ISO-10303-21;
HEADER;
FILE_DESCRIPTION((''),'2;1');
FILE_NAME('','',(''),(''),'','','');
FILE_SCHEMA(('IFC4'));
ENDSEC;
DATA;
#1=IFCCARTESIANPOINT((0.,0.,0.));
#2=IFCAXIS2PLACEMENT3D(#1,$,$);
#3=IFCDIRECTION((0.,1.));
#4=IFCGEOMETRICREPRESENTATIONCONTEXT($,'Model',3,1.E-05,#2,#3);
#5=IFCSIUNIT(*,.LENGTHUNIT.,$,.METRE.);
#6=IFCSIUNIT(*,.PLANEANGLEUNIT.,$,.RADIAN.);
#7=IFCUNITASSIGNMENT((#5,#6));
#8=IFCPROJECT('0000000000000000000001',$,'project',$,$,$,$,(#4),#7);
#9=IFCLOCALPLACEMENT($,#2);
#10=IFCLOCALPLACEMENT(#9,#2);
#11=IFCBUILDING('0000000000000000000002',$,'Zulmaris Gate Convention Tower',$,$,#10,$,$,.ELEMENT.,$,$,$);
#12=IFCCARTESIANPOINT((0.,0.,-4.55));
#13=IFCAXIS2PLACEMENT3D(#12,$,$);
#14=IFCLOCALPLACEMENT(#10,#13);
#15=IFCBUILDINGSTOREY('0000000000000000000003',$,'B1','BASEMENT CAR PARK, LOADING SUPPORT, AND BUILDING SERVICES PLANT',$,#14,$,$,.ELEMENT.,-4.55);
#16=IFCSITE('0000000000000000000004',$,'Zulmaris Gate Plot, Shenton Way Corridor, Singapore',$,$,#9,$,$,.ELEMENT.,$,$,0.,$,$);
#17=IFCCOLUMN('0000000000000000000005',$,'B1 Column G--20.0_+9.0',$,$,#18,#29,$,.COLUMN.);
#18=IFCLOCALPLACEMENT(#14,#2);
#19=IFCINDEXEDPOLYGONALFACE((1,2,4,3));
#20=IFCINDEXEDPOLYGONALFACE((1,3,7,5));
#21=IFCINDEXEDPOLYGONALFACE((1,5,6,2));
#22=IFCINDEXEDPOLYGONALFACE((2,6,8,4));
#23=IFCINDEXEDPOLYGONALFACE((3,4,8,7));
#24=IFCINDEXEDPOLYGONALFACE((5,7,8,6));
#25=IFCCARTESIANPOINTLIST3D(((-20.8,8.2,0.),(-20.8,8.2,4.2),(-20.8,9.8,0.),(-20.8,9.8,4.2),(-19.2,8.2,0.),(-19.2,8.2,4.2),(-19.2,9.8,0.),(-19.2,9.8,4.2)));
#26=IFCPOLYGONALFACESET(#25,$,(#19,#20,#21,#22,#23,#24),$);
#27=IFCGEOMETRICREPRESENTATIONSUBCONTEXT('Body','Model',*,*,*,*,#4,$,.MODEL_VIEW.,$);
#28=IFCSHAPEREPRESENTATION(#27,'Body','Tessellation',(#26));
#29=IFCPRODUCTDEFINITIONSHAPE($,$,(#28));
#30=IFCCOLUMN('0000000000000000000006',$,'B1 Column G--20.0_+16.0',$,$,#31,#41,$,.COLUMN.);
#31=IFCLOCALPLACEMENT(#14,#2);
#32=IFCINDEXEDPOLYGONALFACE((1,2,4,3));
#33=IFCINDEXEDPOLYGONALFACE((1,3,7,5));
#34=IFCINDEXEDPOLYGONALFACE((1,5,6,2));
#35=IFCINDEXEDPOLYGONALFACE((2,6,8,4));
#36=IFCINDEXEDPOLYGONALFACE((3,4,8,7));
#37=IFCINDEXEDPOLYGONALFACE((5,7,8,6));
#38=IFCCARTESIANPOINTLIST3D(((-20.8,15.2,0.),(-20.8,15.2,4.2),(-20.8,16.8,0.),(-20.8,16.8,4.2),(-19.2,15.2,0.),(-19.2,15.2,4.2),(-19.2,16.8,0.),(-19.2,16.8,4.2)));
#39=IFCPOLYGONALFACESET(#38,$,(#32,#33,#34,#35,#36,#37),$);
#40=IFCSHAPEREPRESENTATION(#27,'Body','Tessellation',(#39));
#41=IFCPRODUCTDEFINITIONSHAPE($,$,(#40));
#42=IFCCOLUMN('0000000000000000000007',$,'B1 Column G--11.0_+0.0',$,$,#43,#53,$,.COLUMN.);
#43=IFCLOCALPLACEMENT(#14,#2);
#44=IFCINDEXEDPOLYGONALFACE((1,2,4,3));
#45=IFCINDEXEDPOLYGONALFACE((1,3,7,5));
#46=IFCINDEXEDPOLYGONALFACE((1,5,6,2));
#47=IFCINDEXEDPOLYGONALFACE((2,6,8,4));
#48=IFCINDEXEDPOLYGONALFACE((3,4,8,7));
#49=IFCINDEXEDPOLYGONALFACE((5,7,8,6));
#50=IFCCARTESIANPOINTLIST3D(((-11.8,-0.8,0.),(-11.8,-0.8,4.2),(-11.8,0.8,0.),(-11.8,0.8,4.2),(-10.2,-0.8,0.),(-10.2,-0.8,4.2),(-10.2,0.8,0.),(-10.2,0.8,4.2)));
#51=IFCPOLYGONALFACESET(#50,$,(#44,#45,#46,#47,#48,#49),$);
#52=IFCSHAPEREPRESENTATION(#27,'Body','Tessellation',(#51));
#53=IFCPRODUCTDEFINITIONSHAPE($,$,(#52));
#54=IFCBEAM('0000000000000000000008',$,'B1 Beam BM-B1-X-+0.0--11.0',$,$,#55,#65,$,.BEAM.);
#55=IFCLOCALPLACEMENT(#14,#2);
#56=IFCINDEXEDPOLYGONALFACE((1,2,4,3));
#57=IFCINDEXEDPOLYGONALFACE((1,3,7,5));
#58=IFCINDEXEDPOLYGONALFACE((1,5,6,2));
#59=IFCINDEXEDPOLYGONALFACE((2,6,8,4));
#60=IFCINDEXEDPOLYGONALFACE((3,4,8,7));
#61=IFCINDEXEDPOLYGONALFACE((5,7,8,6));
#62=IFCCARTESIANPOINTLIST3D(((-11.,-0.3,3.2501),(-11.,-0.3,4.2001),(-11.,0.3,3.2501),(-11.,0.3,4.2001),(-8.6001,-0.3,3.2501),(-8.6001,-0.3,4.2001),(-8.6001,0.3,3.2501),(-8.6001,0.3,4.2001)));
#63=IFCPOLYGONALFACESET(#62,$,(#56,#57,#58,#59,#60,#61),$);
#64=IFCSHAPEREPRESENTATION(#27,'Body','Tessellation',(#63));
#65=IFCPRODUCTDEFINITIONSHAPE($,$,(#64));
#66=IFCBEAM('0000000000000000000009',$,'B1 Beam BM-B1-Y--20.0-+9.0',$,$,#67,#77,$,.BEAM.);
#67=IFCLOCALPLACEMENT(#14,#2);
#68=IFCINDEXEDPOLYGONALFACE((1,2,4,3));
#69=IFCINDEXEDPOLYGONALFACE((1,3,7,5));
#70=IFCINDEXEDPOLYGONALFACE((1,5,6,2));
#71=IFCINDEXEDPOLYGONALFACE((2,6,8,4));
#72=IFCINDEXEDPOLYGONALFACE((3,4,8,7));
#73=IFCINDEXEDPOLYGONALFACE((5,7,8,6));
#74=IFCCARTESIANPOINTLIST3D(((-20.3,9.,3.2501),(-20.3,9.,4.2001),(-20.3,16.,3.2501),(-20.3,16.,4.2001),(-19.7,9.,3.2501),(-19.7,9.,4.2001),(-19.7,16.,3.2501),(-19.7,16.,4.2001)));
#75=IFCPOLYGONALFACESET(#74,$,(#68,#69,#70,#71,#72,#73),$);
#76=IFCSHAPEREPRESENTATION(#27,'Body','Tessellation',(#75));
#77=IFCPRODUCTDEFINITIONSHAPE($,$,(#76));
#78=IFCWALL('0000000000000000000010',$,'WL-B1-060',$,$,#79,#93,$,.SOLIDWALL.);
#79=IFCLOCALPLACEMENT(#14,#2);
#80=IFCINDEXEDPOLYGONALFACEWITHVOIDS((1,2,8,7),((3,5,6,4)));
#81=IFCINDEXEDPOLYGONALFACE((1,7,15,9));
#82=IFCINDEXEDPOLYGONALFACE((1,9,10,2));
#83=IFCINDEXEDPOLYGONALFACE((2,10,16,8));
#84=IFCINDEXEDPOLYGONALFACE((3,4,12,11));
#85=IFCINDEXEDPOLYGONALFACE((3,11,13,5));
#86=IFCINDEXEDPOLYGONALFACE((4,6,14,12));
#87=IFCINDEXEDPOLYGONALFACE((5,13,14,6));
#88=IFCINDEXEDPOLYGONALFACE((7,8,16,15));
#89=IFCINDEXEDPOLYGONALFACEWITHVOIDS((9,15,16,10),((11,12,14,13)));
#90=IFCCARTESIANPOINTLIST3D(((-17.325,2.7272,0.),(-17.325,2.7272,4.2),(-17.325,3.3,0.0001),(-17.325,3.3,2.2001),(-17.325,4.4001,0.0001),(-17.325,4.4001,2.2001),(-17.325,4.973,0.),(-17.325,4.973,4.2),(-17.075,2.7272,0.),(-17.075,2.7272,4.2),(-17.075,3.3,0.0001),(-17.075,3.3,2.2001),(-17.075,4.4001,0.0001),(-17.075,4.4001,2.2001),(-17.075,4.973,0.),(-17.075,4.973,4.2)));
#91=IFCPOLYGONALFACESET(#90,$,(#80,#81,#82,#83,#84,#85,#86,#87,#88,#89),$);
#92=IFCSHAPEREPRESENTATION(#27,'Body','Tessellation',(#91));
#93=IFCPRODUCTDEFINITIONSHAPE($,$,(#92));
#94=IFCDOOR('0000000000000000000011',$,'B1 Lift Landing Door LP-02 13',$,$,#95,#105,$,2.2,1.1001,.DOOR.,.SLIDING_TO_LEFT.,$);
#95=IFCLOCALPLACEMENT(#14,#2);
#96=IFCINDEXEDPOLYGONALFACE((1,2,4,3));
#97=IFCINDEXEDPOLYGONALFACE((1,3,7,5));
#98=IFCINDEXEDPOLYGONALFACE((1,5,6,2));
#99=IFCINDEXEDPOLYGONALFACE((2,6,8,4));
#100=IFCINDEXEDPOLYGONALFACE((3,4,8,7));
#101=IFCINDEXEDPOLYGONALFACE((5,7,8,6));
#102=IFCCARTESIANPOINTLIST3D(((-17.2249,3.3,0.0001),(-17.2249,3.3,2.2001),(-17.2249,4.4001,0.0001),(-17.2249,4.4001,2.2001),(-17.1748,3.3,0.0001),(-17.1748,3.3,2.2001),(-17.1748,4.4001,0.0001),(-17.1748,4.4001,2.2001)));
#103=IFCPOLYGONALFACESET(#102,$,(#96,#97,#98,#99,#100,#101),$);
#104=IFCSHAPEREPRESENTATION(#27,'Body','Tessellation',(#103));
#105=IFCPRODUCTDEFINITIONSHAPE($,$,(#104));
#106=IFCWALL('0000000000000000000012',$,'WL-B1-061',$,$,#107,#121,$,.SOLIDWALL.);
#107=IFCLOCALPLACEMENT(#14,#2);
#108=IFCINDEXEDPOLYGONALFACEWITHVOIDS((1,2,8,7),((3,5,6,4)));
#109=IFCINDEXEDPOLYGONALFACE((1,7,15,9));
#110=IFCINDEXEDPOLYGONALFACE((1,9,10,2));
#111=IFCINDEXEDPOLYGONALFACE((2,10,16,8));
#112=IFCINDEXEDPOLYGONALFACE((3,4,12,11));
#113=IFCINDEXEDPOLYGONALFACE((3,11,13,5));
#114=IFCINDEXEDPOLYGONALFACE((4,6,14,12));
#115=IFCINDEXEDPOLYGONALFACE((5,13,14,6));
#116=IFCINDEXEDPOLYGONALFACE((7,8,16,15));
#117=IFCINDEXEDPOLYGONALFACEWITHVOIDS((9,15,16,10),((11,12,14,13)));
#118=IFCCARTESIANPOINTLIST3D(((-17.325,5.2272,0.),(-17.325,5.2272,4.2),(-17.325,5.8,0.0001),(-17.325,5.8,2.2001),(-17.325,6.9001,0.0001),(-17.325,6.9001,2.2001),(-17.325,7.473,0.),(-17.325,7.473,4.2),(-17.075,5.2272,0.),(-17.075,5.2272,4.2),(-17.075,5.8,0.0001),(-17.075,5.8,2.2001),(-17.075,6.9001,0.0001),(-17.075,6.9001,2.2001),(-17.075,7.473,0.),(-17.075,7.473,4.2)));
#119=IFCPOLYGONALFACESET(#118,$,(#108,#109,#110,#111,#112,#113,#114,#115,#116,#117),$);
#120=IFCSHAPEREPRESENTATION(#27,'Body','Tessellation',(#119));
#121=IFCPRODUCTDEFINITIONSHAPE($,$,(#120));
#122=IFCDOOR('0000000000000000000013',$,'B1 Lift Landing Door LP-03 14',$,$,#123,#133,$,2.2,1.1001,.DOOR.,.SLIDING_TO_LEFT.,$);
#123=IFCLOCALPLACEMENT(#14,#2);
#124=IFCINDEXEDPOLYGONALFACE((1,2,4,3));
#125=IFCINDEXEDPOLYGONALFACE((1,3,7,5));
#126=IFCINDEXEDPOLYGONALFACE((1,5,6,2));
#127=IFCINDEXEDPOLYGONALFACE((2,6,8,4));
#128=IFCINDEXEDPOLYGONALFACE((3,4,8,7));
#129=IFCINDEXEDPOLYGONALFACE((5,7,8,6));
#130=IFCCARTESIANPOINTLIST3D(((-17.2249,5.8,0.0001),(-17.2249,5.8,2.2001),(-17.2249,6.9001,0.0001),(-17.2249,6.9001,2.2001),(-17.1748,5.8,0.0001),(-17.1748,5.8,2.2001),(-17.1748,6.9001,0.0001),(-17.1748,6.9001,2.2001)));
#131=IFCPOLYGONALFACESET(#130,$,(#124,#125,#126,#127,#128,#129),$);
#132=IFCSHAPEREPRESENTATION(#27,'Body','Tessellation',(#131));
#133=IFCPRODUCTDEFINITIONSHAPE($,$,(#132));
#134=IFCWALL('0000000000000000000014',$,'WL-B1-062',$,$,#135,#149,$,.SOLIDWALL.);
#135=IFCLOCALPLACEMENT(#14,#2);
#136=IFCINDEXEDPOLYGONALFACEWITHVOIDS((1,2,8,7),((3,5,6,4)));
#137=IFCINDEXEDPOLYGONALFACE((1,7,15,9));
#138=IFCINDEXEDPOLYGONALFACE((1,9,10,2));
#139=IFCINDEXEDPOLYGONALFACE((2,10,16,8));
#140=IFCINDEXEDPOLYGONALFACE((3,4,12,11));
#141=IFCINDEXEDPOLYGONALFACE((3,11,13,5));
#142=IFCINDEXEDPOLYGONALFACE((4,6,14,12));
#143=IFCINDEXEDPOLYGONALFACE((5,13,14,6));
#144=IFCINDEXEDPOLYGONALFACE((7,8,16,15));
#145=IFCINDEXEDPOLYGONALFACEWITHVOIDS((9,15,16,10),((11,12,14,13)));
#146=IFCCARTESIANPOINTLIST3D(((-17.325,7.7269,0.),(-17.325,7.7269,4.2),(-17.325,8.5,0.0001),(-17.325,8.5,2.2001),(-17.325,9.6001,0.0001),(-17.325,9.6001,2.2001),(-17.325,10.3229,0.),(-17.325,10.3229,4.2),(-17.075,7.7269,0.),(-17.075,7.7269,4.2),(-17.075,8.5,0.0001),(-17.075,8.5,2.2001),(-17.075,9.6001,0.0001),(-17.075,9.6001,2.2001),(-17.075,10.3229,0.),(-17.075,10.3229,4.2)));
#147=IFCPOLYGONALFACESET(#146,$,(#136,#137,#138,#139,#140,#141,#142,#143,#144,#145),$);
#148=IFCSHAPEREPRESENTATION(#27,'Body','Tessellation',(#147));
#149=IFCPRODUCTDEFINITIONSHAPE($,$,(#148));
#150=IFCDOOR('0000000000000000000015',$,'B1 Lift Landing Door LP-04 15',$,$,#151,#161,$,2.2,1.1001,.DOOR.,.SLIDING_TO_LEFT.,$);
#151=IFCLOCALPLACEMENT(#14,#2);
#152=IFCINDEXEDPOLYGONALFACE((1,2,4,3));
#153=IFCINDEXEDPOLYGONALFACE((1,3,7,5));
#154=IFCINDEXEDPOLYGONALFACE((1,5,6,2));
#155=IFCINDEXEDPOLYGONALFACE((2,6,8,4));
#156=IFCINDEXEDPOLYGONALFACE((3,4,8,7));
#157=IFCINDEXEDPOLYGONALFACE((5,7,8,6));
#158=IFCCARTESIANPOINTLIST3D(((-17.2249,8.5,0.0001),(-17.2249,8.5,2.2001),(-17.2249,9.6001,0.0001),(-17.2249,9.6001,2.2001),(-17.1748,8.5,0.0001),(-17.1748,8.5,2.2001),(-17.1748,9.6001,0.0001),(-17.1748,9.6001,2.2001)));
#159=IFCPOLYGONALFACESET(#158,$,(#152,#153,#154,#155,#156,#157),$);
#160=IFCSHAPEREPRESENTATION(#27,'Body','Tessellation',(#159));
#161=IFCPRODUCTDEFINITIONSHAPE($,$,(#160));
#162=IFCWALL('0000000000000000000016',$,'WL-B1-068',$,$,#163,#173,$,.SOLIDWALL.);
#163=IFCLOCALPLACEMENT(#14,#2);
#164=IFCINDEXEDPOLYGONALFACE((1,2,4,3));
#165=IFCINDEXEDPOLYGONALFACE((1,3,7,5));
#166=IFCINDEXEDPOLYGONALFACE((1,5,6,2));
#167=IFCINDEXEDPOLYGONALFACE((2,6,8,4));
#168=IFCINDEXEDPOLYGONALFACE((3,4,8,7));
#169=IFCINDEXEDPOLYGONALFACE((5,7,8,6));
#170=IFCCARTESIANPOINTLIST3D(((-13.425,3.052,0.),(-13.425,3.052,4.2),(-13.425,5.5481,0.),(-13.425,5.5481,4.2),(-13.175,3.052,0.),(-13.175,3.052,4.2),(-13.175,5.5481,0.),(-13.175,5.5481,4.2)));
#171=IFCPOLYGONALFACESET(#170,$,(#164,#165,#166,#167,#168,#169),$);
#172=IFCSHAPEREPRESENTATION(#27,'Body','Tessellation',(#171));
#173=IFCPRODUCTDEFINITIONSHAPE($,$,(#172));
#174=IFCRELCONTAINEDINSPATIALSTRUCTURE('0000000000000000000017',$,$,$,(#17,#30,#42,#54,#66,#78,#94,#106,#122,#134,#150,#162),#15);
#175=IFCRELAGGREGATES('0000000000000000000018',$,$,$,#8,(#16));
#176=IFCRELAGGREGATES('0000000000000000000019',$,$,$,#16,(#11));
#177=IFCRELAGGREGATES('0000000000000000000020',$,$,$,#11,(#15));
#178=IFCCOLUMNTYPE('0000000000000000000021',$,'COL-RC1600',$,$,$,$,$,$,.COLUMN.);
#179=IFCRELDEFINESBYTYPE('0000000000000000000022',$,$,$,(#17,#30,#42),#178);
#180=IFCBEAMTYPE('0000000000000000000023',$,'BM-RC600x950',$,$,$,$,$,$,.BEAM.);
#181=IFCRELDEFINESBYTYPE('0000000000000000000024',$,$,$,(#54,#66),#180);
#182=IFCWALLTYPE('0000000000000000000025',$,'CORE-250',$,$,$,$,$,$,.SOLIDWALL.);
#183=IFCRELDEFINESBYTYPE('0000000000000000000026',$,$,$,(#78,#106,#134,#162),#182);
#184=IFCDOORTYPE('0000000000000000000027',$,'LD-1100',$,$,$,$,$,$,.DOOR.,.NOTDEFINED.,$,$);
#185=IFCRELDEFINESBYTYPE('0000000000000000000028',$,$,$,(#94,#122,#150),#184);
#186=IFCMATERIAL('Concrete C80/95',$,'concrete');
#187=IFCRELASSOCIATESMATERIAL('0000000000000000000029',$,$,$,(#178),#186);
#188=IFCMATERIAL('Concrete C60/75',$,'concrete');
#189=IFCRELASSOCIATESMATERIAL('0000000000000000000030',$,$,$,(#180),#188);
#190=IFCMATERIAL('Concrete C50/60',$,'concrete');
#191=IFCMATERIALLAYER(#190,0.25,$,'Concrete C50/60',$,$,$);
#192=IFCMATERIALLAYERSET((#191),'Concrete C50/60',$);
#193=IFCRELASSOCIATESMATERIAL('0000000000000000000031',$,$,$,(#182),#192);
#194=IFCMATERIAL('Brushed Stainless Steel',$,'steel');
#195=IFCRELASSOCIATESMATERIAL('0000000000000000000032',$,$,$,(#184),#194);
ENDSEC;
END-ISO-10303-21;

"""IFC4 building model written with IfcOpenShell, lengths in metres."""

from ifc_helpers import new_model, si_unit, direction, frame, frame_2d, origin, origin_2d, place, context, subcontext, project, spatial, rectangle, extrude, material, layer, layer_set, material_profile, profile_set, type_object, element, fill, save


model = new_model("IFC4")

# Units and contexts
model_context = context("Model", 3, precision=1e-05, world=origin(), true_north=direction((0.0, 1.0)))
body_context = subcontext(model_context, "Body", "Model", "MODEL_VIEW")
ifc_project = project(units=[si_unit("LENGTHUNIT", "METRE"), si_unit("PLANEANGLEUNIT", "RADIAN")], contexts=[model_context])

# Site, building, storey
site_placement = place(None, origin())
site = spatial("IfcSite", under=ifc_project, at=site_placement, Name="Zulmaris Gate Plot, Shenton Way Corridor, Singapore", CompositionType="ELEMENT", RefElevation=0.0)
building_placement = place(site_placement, origin())
building = spatial("IfcBuilding", under=site, at=building_placement, Name="Zulmaris Gate Convention Tower", CompositionType="ELEMENT")
storey_placement = place(building_placement, frame((0.0, 0.0, -4.55)))
storey = spatial("IfcBuildingStorey", under=building, at=storey_placement, Name="B1", Description="BASEMENT CAR PARK, LOADING SUPPORT, AND BUILDING SERVICES PLANT", CompositionType="ELEMENT", Elevation=-4.55)

# Columns
ifc_material_1 = material(Name="Concrete C80/95", Category="concrete")
ifc_material_profile_1 = material_profile(ifc_material_1, rectangle(XDim=1.6001, YDim=1.6001, at=origin_2d()), Name="RC COL 1600x1600")
ifc_profile_set_1 = profile_set([ifc_material_profile_1], Name="Concrete C80/95")
column_type = type_object("IfcColumnType", Name="COL-RC1600", PredefinedType="COLUMN", material=ifc_profile_set_1)
for number, where, z_axis, x_axis, name in (
    (1, (-20.0, 9.0, 0.0), (0.0, 0.0, 1.0), (1.0, 0.0, 0.0), "B1 Column G--20.0_+9.0"),
    (2, (-20.0, 16.0, 0.0), (0.0, 0.0, 1.0), (1.0, 0.0, 0.0), "B1 Column G--20.0_+16.0"),
    (3, (-11.0, 0.0, 0.0), (0.0, 0.0, 1.0), (1.0, 0.0, 0.0), "B1 Column G--11.0_+0.0"),
):
    element("IfcColumn", number, at=place(storey_placement, frame(where, z_axis=z_axis, x_axis=x_axis)), inside=storey, type_object=column_type, Name=name, PredefinedType="COLUMN", context=body_context, shape_type="SweptSolid", body=[
        extrude(rectangle(XDim=1.6001, YDim=1.6001, at=origin_2d()), origin(), (0.0, 0.0, 1.0), 4.2),
    ])

# Beams
ifc_material_2 = material(Name="Concrete C60/75", Category="concrete")
ifc_material_profile_2 = material_profile(ifc_material_2, rectangle(XDim=0.6001, YDim=0.95, at=origin_2d()), Name="RC BEAM 600x950")
ifc_profile_set_2 = profile_set([ifc_material_profile_2], Name="Concrete C60/75")
beam_type = type_object("IfcBeamType", Name="BM-RC600x950", PredefinedType="BEAM", material=ifc_profile_set_2)
beam_1_placement = place(storey_placement, frame((-11.0, 0.0, 3.7251), z_axis=(1.0, 0.0, 0.0), x_axis=(0.0, 1.0, 0.0)))
element("IfcBeam", 4, at=beam_1_placement, inside=storey, type_object=beam_type, Name="B1 Beam BM-B1-X-+0.0--11.0", PredefinedType="BEAM", context=body_context, shape_type="SweptSolid", body=[
    extrude(rectangle(XDim=0.6001, YDim=0.95, at=origin_2d()), origin(), (0.0, 0.0, 1.0), 2.3999),
])
beam_2_placement = place(storey_placement, frame((-20.0, 9.0, 3.7251), z_axis=(0.0, 1.0, 0.0), x_axis=(-1.0, 0.0, 0.0)))
element("IfcBeam", 5, at=beam_2_placement, inside=storey, type_object=beam_type, Name="B1 Beam BM-B1-Y--20.0-+9.0", PredefinedType="BEAM", context=body_context, shape_type="SweptSolid", body=[
    extrude(rectangle(XDim=0.6001, YDim=0.95, at=origin_2d()), origin(), (0.0, 0.0, 1.0), 7.0),
])

# Walls, openings, doors
ifc_material_3 = material(Name="Concrete C50/60", Category="concrete")
ifc_layer_1 = layer(ifc_material_3, 0.25, Name="Concrete C50/60")
ifc_layer_set_1 = layer_set([ifc_layer_1], Name="Concrete C50/60")
wall_type_1 = type_object("IfcWallType", Name="CORE-250", PredefinedType="SOLIDWALL", material=ifc_layer_set_1)
wall_1_placement = place(storey_placement, frame((-17.2, 2.7271, 0.0), z_axis=(0.0, 0.0, 1.0), x_axis=(0.0, 1.0, 0.0)))
wall_1 = element("IfcWall", 6, at=wall_1_placement, inside=storey, type_object=wall_type_1, Name="WL-B1-060", PredefinedType="SOLIDWALL", context=body_context, shape_type="SweptSolid", body=[
    extrude(rectangle(XDim=2.2458, YDim=0.25, at=frame_2d((1.123, 0.0))), origin(), (0.0, 0.0, 1.0), 4.2),
])
opening_1_placement = place(wall_1_placement, frame((0.573, 0.0, 0.0)))
opening_1 = element("IfcOpeningElement", 7, at=opening_1_placement, cuts=wall_1, PredefinedType="OPENING", context=body_context, shape_type="SweptSolid", body=[
    extrude(rectangle(XDim=1.1001, YDim=2.2, at=frame_2d((0.55, 1.1001))), frame((0.0, 0.135, 0.0), z_axis=(0.0, -1.0, 0.0), x_axis=(1.0, 0.0, 0.0)), (0.0, 0.0, 1.0), 0.27),
])
ifc_material_4 = material(Name="Brushed Stainless Steel", Category="steel")
door_type_1 = type_object("IfcDoorType", Name="LD-1100", OperationType="NOTDEFINED", PredefinedType="DOOR", material=ifc_material_4)
door_1_placement = place(opening_1_placement, origin())
door_1 = element("IfcDoor", 8, at=door_1_placement, inside=storey, type_object=door_type_1, Name="B1 Lift Landing Door LP-02 13", OperationType="SLIDING_TO_LEFT", OverallHeight=2.2, OverallWidth=1.1001, PredefinedType="DOOR", context=body_context, shape_type="SweptSolid", body=[
    extrude(rectangle(XDim=1.1001, YDim=2.2, at=frame_2d((0.55, 1.1001))), frame((0.0, 0.0249, 0.0), z_axis=(0.0, -1.0, 0.0), x_axis=(1.0, 0.0, 0.0)), (0.0, 0.0, 1.0), 0.05),
])
fill(opening_1, door_1)
wall_2_placement = place(storey_placement, frame((-17.2, 5.2271, 0.0), z_axis=(0.0, 0.0, 1.0), x_axis=(0.0, 1.0, 0.0)))
wall_2 = element("IfcWall", 9, at=wall_2_placement, inside=storey, type_object=wall_type_1, Name="WL-B1-061", PredefinedType="SOLIDWALL", context=body_context, shape_type="SweptSolid", body=[
    extrude(rectangle(XDim=2.2458, YDim=0.25, at=frame_2d((1.123, 0.0))), origin(), (0.0, 0.0, 1.0), 4.2),
])
opening_2_placement = place(wall_2_placement, frame((0.573, 0.0, 0.0)))
opening_2 = element("IfcOpeningElement", 10, at=opening_2_placement, cuts=wall_2, PredefinedType="OPENING", context=body_context, shape_type="SweptSolid", body=[
    extrude(rectangle(XDim=1.1001, YDim=2.2, at=frame_2d((0.55, 1.1001))), frame((0.0, 0.135, 0.0), z_axis=(0.0, -1.0, 0.0), x_axis=(1.0, 0.0, 0.0)), (0.0, 0.0, 1.0), 0.27),
])
door_2_placement = place(opening_2_placement, origin())
door_2 = element("IfcDoor", 11, at=door_2_placement, inside=storey, type_object=door_type_1, Name="B1 Lift Landing Door LP-03 14", OperationType="SLIDING_TO_LEFT", OverallHeight=2.2, OverallWidth=1.1001, PredefinedType="DOOR", context=body_context, shape_type="SweptSolid", body=[
    extrude(rectangle(XDim=1.1001, YDim=2.2, at=frame_2d((0.55, 1.1001))), frame((0.0, 0.0249, 0.0), z_axis=(0.0, -1.0, 0.0), x_axis=(1.0, 0.0, 0.0)), (0.0, 0.0, 1.0), 0.05),
])
fill(opening_2, door_2)
wall_3_placement = place(storey_placement, frame((-17.2, 7.7271, 0.0), z_axis=(0.0, 0.0, 1.0), x_axis=(0.0, 1.0, 0.0)))
wall_3 = element("IfcWall", 12, at=wall_3_placement, inside=storey, type_object=wall_type_1, Name="WL-B1-062", PredefinedType="SOLIDWALL", context=body_context, shape_type="SweptSolid", body=[
    extrude(rectangle(XDim=2.5959, YDim=0.25, at=frame_2d((1.2979, 0.0))), origin(), (0.0, 0.0, 1.0), 4.2),
])
opening_3_placement = place(wall_3_placement, frame((0.7729, 0.0, 0.0)))
opening_3 = element("IfcOpeningElement", 13, at=opening_3_placement, cuts=wall_3, PredefinedType="OPENING", context=body_context, shape_type="SweptSolid", body=[
    extrude(rectangle(XDim=1.1001, YDim=2.2, at=frame_2d((0.55, 1.1001))), frame((0.0, 0.135, 0.0), z_axis=(0.0, -1.0, 0.0), x_axis=(1.0, 0.0, 0.0)), (0.0, 0.0, 1.0), 0.27),
])
door_3_placement = place(opening_3_placement, origin())
door_3 = element("IfcDoor", 14, at=door_3_placement, inside=storey, type_object=door_type_1, Name="B1 Lift Landing Door LP-04 15", OperationType="SLIDING_TO_LEFT", OverallHeight=2.2, OverallWidth=1.1001, PredefinedType="DOOR", context=body_context, shape_type="SweptSolid", body=[
    extrude(rectangle(XDim=1.1001, YDim=2.2, at=frame_2d((0.55, 1.1001))), frame((0.0, 0.0249, 0.0), z_axis=(0.0, -1.0, 0.0), x_axis=(1.0, 0.0, 0.0)), (0.0, 0.0, 1.0), 0.05),
])
fill(opening_3, door_3)

# Wall
wall_4_placement = place(storey_placement, frame((-13.3, 3.052, 0.0), z_axis=(0.0, 0.0, 1.0), x_axis=(0.0, 1.0, 0.0)))
element("IfcWall", 15, at=wall_4_placement, inside=storey, type_object=wall_type_1, Name="WL-B1-068", PredefinedType="SOLIDWALL", context=body_context, shape_type="SweptSolid", body=[
    extrude(rectangle(XDim=2.4961, YDim=0.25, at=frame_2d((1.248, 0.0))), origin(), (0.0, 0.0, 1.0), 4.2),
])

save(model, "model.ifc")
